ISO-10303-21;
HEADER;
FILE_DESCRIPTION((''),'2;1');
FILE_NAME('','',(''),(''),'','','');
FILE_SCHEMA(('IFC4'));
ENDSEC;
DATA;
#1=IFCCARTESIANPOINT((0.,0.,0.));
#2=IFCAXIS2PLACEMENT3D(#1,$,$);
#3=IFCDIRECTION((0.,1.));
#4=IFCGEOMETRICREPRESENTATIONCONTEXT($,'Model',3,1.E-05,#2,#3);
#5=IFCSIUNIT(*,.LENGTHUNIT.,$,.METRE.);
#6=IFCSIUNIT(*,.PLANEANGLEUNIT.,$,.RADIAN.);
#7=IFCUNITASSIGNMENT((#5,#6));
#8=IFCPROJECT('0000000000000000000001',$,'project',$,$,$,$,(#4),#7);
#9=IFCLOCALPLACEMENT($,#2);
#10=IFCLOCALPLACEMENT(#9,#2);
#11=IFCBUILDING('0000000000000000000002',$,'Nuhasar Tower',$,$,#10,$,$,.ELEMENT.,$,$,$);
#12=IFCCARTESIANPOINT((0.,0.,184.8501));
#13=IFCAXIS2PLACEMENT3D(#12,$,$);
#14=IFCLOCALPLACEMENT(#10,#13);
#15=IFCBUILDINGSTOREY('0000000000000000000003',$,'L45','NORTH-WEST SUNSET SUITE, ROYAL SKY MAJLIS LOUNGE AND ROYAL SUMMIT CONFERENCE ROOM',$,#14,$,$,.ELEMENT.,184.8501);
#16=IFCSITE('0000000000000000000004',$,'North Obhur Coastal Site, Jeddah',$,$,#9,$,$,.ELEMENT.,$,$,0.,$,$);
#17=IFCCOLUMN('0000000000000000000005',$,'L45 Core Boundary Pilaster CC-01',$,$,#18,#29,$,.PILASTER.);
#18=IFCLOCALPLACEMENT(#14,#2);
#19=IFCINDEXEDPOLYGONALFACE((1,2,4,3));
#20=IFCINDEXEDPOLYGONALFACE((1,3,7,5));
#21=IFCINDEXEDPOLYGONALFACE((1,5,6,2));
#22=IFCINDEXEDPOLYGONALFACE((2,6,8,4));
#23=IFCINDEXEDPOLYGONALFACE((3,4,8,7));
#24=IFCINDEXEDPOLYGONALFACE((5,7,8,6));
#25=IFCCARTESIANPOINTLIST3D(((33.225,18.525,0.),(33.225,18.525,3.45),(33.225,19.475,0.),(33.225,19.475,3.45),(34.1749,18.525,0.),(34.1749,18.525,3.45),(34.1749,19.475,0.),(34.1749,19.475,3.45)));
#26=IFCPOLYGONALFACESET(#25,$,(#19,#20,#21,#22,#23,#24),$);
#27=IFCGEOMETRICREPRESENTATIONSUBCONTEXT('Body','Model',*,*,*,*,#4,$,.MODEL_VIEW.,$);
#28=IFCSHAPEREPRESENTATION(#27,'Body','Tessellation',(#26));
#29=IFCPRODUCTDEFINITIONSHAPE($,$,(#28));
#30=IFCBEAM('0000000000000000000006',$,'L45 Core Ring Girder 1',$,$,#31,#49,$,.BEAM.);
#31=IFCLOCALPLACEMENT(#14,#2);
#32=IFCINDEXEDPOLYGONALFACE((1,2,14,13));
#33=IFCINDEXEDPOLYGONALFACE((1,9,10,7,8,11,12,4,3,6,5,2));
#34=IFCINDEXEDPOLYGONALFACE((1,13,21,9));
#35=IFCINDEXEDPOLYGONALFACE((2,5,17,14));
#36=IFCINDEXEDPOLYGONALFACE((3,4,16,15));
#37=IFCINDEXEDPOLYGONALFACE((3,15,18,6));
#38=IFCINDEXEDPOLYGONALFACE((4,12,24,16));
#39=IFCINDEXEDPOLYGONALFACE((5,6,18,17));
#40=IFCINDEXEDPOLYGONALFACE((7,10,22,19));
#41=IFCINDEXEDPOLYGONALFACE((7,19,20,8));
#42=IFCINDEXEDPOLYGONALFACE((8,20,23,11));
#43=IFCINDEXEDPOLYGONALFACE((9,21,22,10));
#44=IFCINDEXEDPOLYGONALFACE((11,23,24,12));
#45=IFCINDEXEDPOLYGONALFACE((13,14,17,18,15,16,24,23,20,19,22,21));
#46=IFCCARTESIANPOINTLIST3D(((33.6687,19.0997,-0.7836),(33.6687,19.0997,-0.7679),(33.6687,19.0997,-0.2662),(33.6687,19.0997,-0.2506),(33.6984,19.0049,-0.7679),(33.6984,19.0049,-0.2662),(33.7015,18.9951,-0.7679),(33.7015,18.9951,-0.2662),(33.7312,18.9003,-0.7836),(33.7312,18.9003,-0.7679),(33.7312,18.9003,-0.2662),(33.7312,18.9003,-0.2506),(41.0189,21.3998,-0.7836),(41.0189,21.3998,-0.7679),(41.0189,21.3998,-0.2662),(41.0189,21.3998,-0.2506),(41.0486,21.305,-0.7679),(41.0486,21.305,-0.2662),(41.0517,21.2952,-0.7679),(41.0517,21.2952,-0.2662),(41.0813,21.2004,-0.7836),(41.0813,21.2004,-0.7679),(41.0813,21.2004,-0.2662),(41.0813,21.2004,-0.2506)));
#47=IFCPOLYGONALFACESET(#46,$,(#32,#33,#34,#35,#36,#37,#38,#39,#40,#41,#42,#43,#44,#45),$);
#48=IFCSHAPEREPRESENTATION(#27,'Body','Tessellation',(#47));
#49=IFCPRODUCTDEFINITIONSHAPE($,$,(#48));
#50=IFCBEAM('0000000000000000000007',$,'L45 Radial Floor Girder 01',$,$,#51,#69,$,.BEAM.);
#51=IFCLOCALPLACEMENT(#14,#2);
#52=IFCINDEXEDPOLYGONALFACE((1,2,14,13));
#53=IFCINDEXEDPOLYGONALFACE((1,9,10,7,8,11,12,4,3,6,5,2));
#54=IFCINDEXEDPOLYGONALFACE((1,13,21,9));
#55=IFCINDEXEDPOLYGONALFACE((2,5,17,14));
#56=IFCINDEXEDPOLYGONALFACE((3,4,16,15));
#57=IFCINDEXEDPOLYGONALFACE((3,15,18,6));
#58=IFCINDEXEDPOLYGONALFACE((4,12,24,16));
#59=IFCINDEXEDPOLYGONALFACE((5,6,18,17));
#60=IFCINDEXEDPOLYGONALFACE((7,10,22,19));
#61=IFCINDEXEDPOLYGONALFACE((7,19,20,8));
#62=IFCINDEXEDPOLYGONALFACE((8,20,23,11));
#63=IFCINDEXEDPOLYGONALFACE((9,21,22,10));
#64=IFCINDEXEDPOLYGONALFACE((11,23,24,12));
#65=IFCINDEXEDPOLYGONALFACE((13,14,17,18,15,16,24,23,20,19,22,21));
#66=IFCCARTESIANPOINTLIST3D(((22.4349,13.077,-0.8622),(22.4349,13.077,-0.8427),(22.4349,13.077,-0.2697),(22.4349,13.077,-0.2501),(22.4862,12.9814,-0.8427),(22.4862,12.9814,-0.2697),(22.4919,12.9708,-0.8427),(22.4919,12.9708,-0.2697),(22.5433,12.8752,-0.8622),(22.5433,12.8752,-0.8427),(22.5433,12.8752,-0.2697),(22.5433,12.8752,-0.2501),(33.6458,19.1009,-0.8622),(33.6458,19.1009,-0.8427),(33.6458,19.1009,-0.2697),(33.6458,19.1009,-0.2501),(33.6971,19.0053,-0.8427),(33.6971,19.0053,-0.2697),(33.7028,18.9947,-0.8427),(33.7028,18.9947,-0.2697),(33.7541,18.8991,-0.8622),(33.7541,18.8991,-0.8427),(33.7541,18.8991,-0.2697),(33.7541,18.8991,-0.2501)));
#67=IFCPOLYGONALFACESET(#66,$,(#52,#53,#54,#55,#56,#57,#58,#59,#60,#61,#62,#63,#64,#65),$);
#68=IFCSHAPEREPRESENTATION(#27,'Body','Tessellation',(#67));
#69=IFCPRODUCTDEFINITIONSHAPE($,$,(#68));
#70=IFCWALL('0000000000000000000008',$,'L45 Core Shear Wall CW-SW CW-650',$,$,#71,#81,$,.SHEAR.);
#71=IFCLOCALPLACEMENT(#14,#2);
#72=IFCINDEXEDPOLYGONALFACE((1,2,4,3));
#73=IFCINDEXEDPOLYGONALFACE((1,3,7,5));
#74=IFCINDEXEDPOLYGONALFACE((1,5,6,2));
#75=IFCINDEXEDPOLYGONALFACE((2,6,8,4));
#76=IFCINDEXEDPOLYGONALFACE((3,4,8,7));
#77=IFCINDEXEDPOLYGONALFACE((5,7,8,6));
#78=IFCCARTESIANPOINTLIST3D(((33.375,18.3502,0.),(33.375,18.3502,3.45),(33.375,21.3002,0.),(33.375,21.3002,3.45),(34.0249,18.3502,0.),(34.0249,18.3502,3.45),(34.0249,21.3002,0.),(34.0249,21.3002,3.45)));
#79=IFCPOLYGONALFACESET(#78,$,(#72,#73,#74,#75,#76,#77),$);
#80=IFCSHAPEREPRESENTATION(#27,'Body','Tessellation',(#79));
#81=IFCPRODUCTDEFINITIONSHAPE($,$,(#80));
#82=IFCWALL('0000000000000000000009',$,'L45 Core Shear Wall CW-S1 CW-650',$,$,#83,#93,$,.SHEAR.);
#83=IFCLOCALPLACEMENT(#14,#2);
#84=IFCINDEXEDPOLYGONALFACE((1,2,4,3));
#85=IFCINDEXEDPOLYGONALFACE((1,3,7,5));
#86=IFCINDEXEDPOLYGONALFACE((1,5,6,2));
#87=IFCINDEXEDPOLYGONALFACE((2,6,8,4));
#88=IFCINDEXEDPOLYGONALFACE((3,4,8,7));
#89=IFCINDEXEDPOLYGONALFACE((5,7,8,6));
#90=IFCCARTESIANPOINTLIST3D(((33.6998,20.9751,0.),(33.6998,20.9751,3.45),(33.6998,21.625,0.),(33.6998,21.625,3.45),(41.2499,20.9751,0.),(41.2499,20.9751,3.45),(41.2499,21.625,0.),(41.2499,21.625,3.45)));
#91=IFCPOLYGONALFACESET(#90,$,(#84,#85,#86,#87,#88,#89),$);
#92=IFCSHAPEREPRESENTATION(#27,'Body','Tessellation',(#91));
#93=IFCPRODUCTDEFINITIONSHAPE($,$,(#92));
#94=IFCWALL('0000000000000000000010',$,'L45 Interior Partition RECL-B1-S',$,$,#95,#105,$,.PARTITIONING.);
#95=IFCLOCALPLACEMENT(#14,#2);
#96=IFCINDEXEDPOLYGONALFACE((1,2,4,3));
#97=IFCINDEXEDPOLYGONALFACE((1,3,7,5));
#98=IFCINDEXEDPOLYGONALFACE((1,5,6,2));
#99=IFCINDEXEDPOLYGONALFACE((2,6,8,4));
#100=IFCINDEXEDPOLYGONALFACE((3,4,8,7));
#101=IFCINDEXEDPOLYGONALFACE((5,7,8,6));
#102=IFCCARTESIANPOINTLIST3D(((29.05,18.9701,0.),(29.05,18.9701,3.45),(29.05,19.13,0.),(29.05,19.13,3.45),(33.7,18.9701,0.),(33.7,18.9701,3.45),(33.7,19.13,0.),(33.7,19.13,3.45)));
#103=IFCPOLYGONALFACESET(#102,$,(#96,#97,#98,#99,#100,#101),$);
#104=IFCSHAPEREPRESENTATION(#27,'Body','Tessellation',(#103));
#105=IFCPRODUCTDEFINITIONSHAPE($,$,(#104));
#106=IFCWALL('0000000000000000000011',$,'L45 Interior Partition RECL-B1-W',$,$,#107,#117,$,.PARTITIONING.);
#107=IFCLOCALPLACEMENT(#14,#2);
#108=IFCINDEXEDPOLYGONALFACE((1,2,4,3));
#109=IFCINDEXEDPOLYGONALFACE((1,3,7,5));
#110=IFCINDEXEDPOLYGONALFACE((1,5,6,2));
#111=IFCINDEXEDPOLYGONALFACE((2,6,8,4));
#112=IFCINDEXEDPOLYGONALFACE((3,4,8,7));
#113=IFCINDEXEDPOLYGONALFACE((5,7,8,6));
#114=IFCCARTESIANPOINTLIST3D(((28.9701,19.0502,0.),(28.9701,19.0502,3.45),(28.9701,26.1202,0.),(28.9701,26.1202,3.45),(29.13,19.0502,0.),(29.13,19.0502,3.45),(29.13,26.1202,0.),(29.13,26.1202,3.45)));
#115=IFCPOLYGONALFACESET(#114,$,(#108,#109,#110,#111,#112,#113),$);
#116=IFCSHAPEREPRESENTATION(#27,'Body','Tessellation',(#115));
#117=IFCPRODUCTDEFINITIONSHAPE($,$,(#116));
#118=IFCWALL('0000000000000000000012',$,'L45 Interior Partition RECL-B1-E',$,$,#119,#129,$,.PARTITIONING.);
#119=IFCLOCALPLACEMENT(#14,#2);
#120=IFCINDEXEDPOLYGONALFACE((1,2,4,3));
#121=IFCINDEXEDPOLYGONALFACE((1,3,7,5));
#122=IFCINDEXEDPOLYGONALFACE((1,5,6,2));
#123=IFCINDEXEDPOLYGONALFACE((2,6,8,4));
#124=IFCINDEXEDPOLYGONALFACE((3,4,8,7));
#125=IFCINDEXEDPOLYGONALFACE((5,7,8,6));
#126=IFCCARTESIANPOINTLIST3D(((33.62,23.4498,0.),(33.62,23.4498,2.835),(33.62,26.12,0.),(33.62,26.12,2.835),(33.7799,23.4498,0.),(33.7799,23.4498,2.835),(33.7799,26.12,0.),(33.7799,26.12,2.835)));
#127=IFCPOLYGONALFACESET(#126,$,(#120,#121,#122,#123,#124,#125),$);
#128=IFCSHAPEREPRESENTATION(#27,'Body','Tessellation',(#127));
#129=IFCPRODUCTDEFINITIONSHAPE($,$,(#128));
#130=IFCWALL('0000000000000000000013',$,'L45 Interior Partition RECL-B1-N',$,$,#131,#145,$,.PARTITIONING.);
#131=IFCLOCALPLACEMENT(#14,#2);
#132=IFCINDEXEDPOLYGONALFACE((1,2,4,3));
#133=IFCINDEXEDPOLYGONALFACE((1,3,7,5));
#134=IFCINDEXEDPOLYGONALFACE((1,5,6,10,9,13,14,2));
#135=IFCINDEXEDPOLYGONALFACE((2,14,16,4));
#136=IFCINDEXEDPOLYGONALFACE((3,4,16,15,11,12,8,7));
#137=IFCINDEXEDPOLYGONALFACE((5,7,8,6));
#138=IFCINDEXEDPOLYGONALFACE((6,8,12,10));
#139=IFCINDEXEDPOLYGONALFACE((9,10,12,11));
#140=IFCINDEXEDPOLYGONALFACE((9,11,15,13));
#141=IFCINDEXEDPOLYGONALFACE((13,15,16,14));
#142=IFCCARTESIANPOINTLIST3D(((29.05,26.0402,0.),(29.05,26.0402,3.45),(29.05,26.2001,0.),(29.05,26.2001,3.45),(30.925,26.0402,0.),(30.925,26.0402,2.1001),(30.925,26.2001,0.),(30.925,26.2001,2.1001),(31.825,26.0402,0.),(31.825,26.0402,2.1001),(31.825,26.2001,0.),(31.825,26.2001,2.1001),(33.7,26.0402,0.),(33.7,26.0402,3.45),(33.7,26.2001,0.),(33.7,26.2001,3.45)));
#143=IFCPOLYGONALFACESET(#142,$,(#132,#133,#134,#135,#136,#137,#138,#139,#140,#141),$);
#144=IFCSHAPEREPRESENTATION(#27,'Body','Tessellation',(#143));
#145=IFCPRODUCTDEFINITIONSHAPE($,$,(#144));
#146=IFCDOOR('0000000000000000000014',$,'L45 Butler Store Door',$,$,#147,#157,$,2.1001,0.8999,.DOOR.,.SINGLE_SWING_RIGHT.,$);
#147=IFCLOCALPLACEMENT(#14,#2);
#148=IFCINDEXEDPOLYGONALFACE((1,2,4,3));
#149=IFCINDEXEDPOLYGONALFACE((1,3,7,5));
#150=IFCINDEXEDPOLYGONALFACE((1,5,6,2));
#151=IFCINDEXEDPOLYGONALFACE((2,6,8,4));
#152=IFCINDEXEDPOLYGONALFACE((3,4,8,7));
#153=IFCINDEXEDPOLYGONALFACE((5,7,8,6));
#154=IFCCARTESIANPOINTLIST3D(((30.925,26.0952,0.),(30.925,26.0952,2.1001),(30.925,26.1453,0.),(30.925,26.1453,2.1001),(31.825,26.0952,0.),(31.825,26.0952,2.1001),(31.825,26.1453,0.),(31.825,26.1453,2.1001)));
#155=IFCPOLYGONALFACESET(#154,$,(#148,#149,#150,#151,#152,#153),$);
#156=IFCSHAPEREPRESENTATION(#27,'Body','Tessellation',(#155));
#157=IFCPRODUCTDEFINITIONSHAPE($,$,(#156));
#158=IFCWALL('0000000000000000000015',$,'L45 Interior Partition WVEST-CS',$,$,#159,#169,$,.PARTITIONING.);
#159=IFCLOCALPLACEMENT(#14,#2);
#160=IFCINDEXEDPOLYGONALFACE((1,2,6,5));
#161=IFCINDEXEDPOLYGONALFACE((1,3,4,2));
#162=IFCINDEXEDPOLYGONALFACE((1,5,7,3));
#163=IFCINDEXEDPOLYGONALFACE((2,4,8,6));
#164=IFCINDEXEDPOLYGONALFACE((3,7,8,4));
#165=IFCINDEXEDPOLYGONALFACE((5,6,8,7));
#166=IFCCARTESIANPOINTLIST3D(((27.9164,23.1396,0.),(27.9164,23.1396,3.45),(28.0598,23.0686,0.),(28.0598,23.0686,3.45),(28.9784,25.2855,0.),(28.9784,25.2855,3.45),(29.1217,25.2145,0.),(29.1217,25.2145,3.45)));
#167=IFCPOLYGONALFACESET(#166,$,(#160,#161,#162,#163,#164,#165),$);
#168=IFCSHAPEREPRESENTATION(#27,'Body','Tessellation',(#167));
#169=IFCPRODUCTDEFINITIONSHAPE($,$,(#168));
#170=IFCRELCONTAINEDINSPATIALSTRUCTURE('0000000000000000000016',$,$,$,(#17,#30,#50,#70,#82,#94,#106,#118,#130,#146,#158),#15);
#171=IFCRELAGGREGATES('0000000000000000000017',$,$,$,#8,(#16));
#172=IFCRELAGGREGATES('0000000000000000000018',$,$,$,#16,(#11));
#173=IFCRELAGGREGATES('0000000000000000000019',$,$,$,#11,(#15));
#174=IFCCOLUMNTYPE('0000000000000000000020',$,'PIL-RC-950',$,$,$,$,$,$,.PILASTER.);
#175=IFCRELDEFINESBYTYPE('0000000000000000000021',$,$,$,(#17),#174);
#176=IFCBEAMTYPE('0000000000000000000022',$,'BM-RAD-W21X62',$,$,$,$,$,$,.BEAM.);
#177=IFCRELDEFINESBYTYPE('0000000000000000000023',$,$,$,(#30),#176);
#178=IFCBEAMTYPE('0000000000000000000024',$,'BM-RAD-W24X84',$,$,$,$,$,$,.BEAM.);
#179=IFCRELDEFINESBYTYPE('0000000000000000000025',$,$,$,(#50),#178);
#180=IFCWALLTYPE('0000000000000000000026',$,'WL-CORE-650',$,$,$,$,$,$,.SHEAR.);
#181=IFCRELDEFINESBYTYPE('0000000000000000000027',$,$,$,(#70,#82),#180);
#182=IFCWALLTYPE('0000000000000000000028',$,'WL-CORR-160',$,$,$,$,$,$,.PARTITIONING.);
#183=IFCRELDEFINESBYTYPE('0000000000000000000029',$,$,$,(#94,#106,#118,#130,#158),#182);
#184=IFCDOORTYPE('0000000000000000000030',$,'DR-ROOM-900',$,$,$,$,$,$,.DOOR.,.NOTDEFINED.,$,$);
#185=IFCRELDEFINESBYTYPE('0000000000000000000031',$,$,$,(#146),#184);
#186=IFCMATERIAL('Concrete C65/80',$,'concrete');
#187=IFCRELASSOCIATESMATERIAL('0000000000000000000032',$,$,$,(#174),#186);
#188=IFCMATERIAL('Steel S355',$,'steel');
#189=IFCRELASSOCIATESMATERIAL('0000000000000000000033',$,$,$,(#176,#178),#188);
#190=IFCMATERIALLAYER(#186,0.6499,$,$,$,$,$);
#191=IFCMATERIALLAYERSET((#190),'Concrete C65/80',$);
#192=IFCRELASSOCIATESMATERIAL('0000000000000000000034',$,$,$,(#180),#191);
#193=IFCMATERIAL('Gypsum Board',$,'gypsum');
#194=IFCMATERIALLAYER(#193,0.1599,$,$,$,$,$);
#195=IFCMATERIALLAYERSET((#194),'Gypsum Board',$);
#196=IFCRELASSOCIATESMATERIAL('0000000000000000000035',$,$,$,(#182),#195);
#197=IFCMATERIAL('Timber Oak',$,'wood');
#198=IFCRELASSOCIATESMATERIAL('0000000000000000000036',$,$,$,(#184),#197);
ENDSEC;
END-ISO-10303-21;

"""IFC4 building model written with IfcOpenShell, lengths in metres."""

from ifc_helpers import new_model, si_unit, direction, frame, frame_2d, origin, origin_2d, place, context, subcontext, project, spatial, rectangle, i_section, extrude, material, layer, layer_set, material_profile, profile_set, type_object, element, fill, save


model = new_model("IFC4")

# Units and contexts
model_context = context("Model", 3, precision=1e-05, world=origin(), true_north=direction((0.0, 1.0)))
body_context = subcontext(model_context, "Body", "Model", "MODEL_VIEW")
ifc_project = project(units=[si_unit("LENGTHUNIT", "METRE"), si_unit("PLANEANGLEUNIT", "RADIAN")], contexts=[model_context])

# Site, building, storey
site_placement = place(None, origin())
site = spatial("IfcSite", under=ifc_project, at=site_placement, Name="North Obhur Coastal Site, Jeddah", CompositionType="ELEMENT", RefElevation=0.0)
building_placement = place(site_placement, origin())
building = spatial("IfcBuilding", under=site, at=building_placement, Name="Nuhasar Tower", CompositionType="ELEMENT")
storey_placement = place(building_placement, frame((0.0, 0.0, 184.8501)))
storey = spatial("IfcBuildingStorey", under=building, at=storey_placement, Name="L45", Description="NORTH-WEST SUNSET SUITE, ROYAL SKY MAJLIS LOUNGE AND ROYAL SUMMIT CONFERENCE ROOM", CompositionType="ELEMENT", Elevation=184.8501)

# Column
ifc_material_1 = material(Name="Concrete C65/80", Category="concrete")
ifc_material_profile_1 = material_profile(ifc_material_1, rectangle(XDim=0.95, YDim=0.95, at=origin_2d()), Name="RC950X950")
ifc_profile_set_1 = profile_set([ifc_material_profile_1], Name="Concrete C65/80")
column_type = type_object("IfcColumnType", Name="PIL-RC-950", PredefinedType="PILASTER", material=ifc_profile_set_1)
column_placement = place(storey_placement, frame((33.7, 19.0, 0.0), z_axis=(0.0, 0.0, 1.0), x_axis=(1.0, 0.0, 0.0)))
element("IfcColumn", 1, at=column_placement, inside=storey, type_object=column_type, Name="L45 Core Boundary Pilaster CC-01", PredefinedType="PILASTER", context=body_context, shape_type="SweptSolid", body=[
    extrude(rectangle(XDim=0.95, YDim=0.95, at=origin_2d()), origin(), (0.0, 0.0, 1.0), 3.45),
])

# Beams
ifc_material_2 = material(Name="Steel S355", Category="steel")
ifc_material_profile_2 = material_profile(ifc_material_2, i_section(OverallWidth=0.209, OverallDepth=0.533, WebThickness=0.0103, FlangeThickness=0.0156, at=origin_2d()), Name="W21X62")
ifc_profile_set_2 = profile_set([ifc_material_profile_2], Name="Steel S355")
beam_type_1 = type_object("IfcBeamType", Name="BM-RAD-W21X62", PredefinedType="BEAM", material=ifc_profile_set_2)
beam_1_placement = place(storey_placement, frame((33.7, 19.0, -0.5171), z_axis=(0.954364, 0.298647, 0.0), x_axis=(-0.298647, 0.954364, 0.0)))
element("IfcBeam", 2, at=beam_1_placement, inside=storey, type_object=beam_type_1, Name="L45 Core Ring Girder 1", PredefinedType="BEAM", context=body_context, shape_type="SweptSolid", body=[
    extrude(i_section(OverallWidth=0.209, OverallDepth=0.533, WebThickness=0.0103, FlangeThickness=0.0156, at=origin_2d()), origin(), (0.0, 0.0, 1.0), 7.7017),
])
ifc_material_profile_3 = material_profile(ifc_material_2, i_section(OverallWidth=0.229, OverallDepth=0.6121, WebThickness=0.012, FlangeThickness=0.0195, at=origin_2d()), Name="W24X84")
ifc_profile_set_3 = profile_set([ifc_material_profile_3], Name="Steel S355")
beam_type_2 = type_object("IfcBeamType", Name="BM-RAD-W24X84", PredefinedType="BEAM", material=ifc_profile_set_3)
beam_2_placement = place(storey_placement, frame((33.7, 19.0, -0.5562), z_axis=(-0.880888, -0.473324, 0.0), x_axis=(0.473324, -0.880888, 0.0)))
element("IfcBeam", 3, at=beam_2_placement, inside=storey, type_object=beam_type_2, Name="L45 Radial Floor Girder 01", PredefinedType="BEAM", context=body_context, shape_type="SweptSolid", body=[
    extrude(i_section(OverallWidth=0.229, OverallDepth=0.6121, WebThickness=0.012, FlangeThickness=0.0195, at=origin_2d()), origin(), (0.0, 0.0, 1.0), 12.7268),
])

# Walls
ifc_layer_1 = layer(ifc_material_1, 0.6499)
ifc_layer_set_1 = layer_set([ifc_layer_1], Name="Concrete C65/80")
wall_type_1 = type_object("IfcWallType", Name="WL-CORE-650", PredefinedType="SHEAR", material=ifc_layer_set_1)
wall_1_placement = place(storey_placement, frame((33.7, 18.3501, 0.0), z_axis=(0.0, 0.0, 1.0), x_axis=(0.0, 1.0, 0.0)))
element("IfcWall", 4, at=wall_1_placement, inside=storey, type_object=wall_type_1, Name="L45 Core Shear Wall CW-SW CW-650", PredefinedType="SHEAR", context=body_context, shape_type="SweptSolid", body=[
    extrude(rectangle(XDim=2.95, YDim=0.6499, at=frame_2d((1.4751, 0.0))), origin(), (0.0, 0.0, 1.0), 3.45),
])
wall_2_placement = place(storey_placement, frame((33.7, 21.3, 0.0), z_axis=(0.0, 0.0, 1.0), x_axis=(1.0, 0.0, 0.0)))
element("IfcWall", 5, at=wall_2_placement, inside=storey, type_object=wall_type_1, Name="L45 Core Shear Wall CW-S1 CW-650", PredefinedType="SHEAR", context=body_context, shape_type="SweptSolid", body=[
    extrude(rectangle(XDim=7.55, YDim=0.6499, at=frame_2d((3.7749, 0.0))), origin(), (0.0, 0.0, 1.0), 3.45),
])
ifc_material_3 = material(Name="Gypsum Board", Category="gypsum")
ifc_layer_2 = layer(ifc_material_3, 0.1599)
ifc_layer_set_2 = layer_set([ifc_layer_2], Name="Gypsum Board")
wall_type_2 = type_object("IfcWallType", Name="WL-CORR-160", PredefinedType="PARTITIONING", material=ifc_layer_set_2)
wall_3_placement = place(storey_placement, frame((29.05, 19.05, 0.0), z_axis=(0.0, 0.0, 1.0), x_axis=(1.0, 0.0, 0.0)))
element("IfcWall", 6, at=wall_3_placement, inside=storey, type_object=wall_type_2, Name="L45 Interior Partition RECL-B1-S", PredefinedType="PARTITIONING", context=body_context, shape_type="SweptSolid", body=[
    extrude(rectangle(XDim=4.6499, YDim=0.1599, at=frame_2d((2.325, 0.0))), origin(), (0.0, 0.0, 1.0), 3.45),
])
wall_4_placement = place(storey_placement, frame((29.05, 19.05, 0.0), z_axis=(0.0, 0.0, 1.0), x_axis=(0.0, 1.0, 0.0)))
element("IfcWall", 7, at=wall_4_placement, inside=storey, type_object=wall_type_2, Name="L45 Interior Partition RECL-B1-W", PredefinedType="PARTITIONING", context=body_context, shape_type="SweptSolid", body=[
    extrude(rectangle(XDim=7.0701, YDim=0.1599, at=frame_2d((3.5352, 0.0))), origin(), (0.0, 0.0, 1.0), 3.45),
])
wall_5_placement = place(storey_placement, frame((33.7, 23.45, 0.0), z_axis=(0.0, 0.0, 1.0), x_axis=(0.0, 1.0, 0.0)))
element("IfcWall", 8, at=wall_5_placement, inside=storey, type_object=wall_type_2, Name="L45 Interior Partition RECL-B1-E", PredefinedType="PARTITIONING", context=body_context, shape_type="SweptSolid", body=[
    extrude(rectangle(XDim=2.6702, YDim=0.1599, at=frame_2d((1.335, 0.0))), origin(), (0.0, 0.0, 1.0), 2.835),
])

# Wall, opening, door
wall_6_placement = place(storey_placement, frame((33.7, 26.1201, 0.0), z_axis=(0.0, 0.0, 1.0), x_axis=(-1.0, 0.0, 0.0)))
wall_6 = element("IfcWall", 9, at=wall_6_placement, inside=storey, type_object=wall_type_2, Name="L45 Interior Partition RECL-B1-N", PredefinedType="PARTITIONING", context=body_context, shape_type="SweptSolid", body=[
    extrude(rectangle(XDim=4.6499, YDim=0.1599, at=frame_2d((2.325, 0.0))), origin(), (0.0, 0.0, 1.0), 3.45),
])
opening_1_placement = place(wall_6_placement, frame((1.875, 0.0, 0.0)))
opening_1 = element("IfcOpeningElement", 10, at=opening_1_placement, cuts=wall_6, PredefinedType="OPENING", context=body_context, shape_type="SweptSolid", body=[
    extrude(rectangle(XDim=0.8999, YDim=2.1001, at=frame_2d((0.45, 1.05))), frame((0.0, 0.0898, 0.0), z_axis=(0.0, -1.0, 0.0), x_axis=(1.0, 0.0, 0.0)), (0.0, 0.0, 1.0), 0.1799),
])
ifc_material_4 = material(Name="Timber Oak", Category="wood")
door_type_1 = type_object("IfcDoorType", Name="DR-ROOM-900", OperationType="NOTDEFINED", PredefinedType="DOOR", material=ifc_material_4)
door_1_placement = place(opening_1_placement, origin())
door_1 = element("IfcDoor", 11, at=door_1_placement, inside=storey, type_object=door_type_1, Name="L45 Butler Store Door", OperationType="SINGLE_SWING_RIGHT", OverallHeight=2.1001, OverallWidth=0.8999, PredefinedType="DOOR", context=body_context, shape_type="SweptSolid", body=[
    extrude(rectangle(XDim=0.8999, YDim=2.1001, at=frame_2d((0.45, 1.05))), frame((0.0, 0.0249, 0.0), z_axis=(0.0, -1.0, 0.0), x_axis=(1.0, 0.0, 0.0)), (0.0, 0.0, 1.0), 0.05),
])
fill(opening_1, door_1)

# Wall
wall_7_placement = place(storey_placement, frame((27.988, 23.104, 0.0), z_axis=(0.0, 0.0, 1.0), x_axis=(0.443539, 0.896255, 0.0)))
element("IfcWall", 12, at=wall_7_placement, inside=storey, type_object=wall_type_2, Name="L45 Interior Partition WVEST-CS", PredefinedType="PARTITIONING", context=body_context, shape_type="SweptSolid", body=[
    extrude(rectangle(XDim=2.3943, YDim=0.1599, at=frame_2d((1.1973, 0.0))), origin(), (0.0, 0.0, 1.0), 3.45),
])

save(model, "model.ifc")
